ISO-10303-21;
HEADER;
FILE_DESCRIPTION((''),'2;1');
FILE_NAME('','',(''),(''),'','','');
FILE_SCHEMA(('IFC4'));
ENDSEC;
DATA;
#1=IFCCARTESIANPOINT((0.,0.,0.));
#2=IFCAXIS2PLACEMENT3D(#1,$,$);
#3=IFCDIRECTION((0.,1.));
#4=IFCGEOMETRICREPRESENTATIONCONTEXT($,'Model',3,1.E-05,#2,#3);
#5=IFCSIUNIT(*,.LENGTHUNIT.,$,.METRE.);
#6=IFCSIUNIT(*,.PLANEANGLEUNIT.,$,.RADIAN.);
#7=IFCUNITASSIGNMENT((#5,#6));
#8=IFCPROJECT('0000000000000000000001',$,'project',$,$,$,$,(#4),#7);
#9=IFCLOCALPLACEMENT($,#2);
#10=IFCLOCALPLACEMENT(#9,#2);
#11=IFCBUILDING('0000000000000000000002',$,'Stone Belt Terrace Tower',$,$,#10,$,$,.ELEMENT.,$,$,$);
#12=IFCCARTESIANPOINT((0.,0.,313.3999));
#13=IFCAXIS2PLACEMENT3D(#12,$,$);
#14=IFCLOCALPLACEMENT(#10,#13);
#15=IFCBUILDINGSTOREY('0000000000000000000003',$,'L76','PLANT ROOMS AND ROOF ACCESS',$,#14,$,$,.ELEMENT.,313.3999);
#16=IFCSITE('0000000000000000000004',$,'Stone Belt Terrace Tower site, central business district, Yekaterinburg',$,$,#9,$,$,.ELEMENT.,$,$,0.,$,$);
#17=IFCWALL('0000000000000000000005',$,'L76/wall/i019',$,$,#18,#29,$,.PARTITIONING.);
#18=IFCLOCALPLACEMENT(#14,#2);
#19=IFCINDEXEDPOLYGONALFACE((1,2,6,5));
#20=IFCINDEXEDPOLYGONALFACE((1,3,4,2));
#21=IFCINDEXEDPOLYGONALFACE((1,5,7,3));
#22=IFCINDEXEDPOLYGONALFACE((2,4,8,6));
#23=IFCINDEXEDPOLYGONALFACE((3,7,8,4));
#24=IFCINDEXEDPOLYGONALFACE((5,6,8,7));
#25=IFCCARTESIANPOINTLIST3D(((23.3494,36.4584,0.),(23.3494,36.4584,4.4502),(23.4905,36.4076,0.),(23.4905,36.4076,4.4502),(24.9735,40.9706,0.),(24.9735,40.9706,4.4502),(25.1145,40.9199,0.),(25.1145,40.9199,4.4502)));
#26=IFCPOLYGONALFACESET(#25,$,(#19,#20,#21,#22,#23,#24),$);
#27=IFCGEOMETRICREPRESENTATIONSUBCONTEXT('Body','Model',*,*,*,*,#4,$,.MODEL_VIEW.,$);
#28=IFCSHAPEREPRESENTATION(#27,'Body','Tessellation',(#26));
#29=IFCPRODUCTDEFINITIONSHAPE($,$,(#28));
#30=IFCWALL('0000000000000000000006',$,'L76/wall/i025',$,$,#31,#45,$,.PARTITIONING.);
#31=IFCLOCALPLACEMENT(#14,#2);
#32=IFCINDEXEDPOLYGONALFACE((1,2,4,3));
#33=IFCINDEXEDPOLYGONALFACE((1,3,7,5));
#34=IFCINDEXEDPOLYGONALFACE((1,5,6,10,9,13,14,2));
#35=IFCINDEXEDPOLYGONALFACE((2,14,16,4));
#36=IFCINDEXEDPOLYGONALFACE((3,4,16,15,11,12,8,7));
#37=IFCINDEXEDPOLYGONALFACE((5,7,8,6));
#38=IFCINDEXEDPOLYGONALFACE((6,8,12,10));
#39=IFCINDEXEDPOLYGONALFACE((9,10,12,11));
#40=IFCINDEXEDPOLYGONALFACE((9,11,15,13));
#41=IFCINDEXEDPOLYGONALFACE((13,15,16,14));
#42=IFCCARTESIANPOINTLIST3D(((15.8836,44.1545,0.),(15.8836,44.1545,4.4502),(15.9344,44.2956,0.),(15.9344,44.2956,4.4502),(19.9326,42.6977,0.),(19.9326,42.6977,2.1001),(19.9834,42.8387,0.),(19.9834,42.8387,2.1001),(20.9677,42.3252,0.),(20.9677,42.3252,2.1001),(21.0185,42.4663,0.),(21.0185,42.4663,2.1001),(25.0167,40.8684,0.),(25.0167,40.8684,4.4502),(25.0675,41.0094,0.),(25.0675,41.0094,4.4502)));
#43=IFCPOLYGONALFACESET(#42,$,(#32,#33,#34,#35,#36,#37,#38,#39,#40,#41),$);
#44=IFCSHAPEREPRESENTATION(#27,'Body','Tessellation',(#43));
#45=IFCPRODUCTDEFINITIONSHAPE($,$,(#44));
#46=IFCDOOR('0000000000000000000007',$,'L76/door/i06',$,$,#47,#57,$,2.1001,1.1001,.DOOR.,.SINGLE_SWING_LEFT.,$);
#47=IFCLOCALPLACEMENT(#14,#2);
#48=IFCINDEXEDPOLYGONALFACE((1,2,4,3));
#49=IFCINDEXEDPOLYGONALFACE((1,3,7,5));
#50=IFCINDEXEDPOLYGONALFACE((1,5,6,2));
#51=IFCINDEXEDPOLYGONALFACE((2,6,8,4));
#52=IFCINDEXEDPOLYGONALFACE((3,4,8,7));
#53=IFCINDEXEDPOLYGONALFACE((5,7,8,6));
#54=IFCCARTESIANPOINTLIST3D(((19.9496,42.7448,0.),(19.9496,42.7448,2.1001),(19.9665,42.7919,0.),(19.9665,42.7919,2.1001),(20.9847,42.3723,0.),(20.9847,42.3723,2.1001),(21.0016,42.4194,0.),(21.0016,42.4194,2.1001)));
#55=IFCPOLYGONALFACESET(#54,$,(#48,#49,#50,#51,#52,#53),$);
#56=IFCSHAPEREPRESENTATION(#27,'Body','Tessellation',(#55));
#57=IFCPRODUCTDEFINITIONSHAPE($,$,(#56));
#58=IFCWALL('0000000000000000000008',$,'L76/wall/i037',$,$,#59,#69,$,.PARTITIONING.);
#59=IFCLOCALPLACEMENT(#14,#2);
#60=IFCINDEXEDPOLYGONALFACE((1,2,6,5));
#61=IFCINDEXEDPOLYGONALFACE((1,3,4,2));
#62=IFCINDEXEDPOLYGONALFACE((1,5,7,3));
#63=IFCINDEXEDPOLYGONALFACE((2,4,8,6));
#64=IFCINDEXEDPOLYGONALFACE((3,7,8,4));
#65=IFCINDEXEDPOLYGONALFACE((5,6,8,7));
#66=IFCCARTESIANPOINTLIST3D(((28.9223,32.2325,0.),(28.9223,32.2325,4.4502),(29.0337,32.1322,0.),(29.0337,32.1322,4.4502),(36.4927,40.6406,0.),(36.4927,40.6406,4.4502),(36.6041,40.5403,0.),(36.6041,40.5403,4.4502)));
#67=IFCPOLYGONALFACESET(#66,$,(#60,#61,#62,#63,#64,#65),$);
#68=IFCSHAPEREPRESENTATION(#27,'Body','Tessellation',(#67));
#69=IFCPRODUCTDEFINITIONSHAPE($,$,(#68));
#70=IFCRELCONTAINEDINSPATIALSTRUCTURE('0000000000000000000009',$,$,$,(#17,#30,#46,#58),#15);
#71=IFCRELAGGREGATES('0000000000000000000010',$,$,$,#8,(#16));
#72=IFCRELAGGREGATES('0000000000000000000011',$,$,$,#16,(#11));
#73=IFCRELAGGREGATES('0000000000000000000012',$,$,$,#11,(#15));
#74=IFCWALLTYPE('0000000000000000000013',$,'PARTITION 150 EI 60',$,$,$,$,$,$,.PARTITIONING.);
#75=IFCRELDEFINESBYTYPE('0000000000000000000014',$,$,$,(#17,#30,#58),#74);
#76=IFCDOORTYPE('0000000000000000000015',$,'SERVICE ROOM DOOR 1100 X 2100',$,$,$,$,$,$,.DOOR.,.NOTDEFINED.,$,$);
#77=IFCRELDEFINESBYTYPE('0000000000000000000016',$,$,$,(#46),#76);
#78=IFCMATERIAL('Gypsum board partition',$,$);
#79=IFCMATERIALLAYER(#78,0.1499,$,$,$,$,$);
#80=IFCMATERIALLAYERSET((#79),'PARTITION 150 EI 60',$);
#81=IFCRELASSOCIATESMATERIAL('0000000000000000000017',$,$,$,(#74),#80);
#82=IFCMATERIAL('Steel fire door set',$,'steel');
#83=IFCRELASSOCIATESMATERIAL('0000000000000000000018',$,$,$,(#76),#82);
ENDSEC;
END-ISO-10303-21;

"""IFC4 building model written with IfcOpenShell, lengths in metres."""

from ifc_helpers import new_model, si_unit, direction, frame, frame_2d, origin, place, context, subcontext, project, spatial, rectangle, extrude, material, layer, layer_set, type_object, element, fill, save


model = new_model("IFC4")

# Units and contexts
model_context = context("Model", 3, precision=1e-05, world=origin(), true_north=direction((0.0, 1.0)))
body_context = subcontext(model_context, "Body", "Model", "MODEL_VIEW")
ifc_project = project(units=[si_unit("LENGTHUNIT", "METRE"), si_unit("PLANEANGLEUNIT", "RADIAN")], contexts=[model_context])

# Site, building, storey
site_placement = place(None, origin())
site = spatial("IfcSite", under=ifc_project, at=site_placement, Name="Stone Belt Terrace Tower site, central business district, Yekaterinburg", CompositionType="ELEMENT", RefElevation=0.0)
building_placement = place(site_placement, origin())
building = spatial("IfcBuilding", under=site, at=building_placement, Name="Stone Belt Terrace Tower", CompositionType="ELEMENT")
storey_placement = place(building_placement, frame((0.0, 0.0, 313.3999)))
storey = spatial("IfcBuildingStorey", under=building, at=storey_placement, Name="L76", Description="PLANT ROOMS AND ROOF ACCESS", CompositionType="ELEMENT", Elevation=313.3999)

# Wall
ifc_material_1 = material(Name="Gypsum board partition")
ifc_layer_1 = layer(ifc_material_1, 0.1499)
ifc_layer_set_1 = layer_set([ifc_layer_1], Name="PARTITION 150 EI 60")
wall_type = type_object("IfcWallType", Name="PARTITION 150 EI 60", PredefinedType="PARTITIONING", material=ifc_layer_set_1)
wall_1_placement = place(storey_placement, frame((23.4199, 36.4329, 0.0), z_axis=(0.0, 0.0, 1.0), x_axis=(0.338651, 0.940912, 0.0)))
element("IfcWall", 1, at=wall_1_placement, inside=storey, type_object=wall_type, Name="L76/wall/i019", PredefinedType="PARTITIONING", context=body_context, shape_type="SweptSolid", body=[
    extrude(rectangle(XDim=4.7957, YDim=0.1499, at=frame_2d((2.3979, 0.0))), origin(), (0.0, 0.0, 1.0), 4.4502),
])

# Wall, opening, door
wall_2_placement = place(storey_placement, frame((25.042, 40.939, 0.0), z_axis=(0.0, 0.0, 1.0), x_axis=(-0.940945, 0.338558, 0.0)))
wall_2 = element("IfcWall", 2, at=wall_2_placement, inside=storey, type_object=wall_type, Name="L76/wall/i025", PredefinedType="PARTITIONING", context=body_context, shape_type="SweptSolid", body=[
    extrude(rectangle(XDim=9.7063, YDim=0.1499, at=frame_2d((4.853, 0.0))), origin(), (0.0, 0.0, 1.0), 4.4502),
])
opening_placement = place(wall_2_placement, frame((4.303, 0.0, 0.0)))
opening = element("IfcOpeningElement", 3, at=opening_placement, cuts=wall_2, PredefinedType="OPENING", context=body_context, shape_type="SweptSolid", body=[
    extrude(rectangle(XDim=1.1001, YDim=2.1001, at=frame_2d((0.55, 1.05))), frame((0.0, 0.085, 0.0), z_axis=(0.0, -1.0, 0.0), x_axis=(1.0, 0.0, 0.0)), (0.0, 0.0, 1.0), 0.1699),
])
ifc_material_2 = material(Name="Steel fire door set", Category="steel")
door_type = type_object("IfcDoorType", Name="SERVICE ROOM DOOR 1100 X 2100", OperationType="NOTDEFINED", PredefinedType="DOOR", material=ifc_material_2)
door_placement = place(opening_placement, origin())
door = element("IfcDoor", 4, at=door_placement, inside=storey, type_object=door_type, Name="L76/door/i06", OperationType="SINGLE_SWING_LEFT", OverallHeight=2.1001, OverallWidth=1.1001, PredefinedType="DOOR", context=body_context, shape_type="SweptSolid", body=[
    extrude(rectangle(XDim=1.1001, YDim=2.1001, at=frame_2d((0.55, 1.05))), frame((0.0, 0.0249, 0.0), z_axis=(0.0, -1.0, 0.0), x_axis=(1.0, 0.0, 0.0)), (0.0, 0.0, 1.0), 0.05),
])
fill(opening, door)

# Wall
wall_3_placement = place(storey_placement, frame((28.978, 32.1824, 0.0), z_axis=(0.0, 0.0, 1.0), x_axis=(0.669119, 0.743156, 0.0)))
element("IfcWall", 5, at=wall_3_placement, inside=storey, type_object=wall_type, Name="L76/wall/i037", PredefinedType="PARTITIONING", context=body_context, shape_type="SweptSolid", body=[
    extrude(rectangle(XDim=11.314, YDim=0.1499, at=frame_2d((5.657, 0.0))), origin(), (0.0, 0.0, 1.0), 4.4502),
])

save(model, "model.ifc")
